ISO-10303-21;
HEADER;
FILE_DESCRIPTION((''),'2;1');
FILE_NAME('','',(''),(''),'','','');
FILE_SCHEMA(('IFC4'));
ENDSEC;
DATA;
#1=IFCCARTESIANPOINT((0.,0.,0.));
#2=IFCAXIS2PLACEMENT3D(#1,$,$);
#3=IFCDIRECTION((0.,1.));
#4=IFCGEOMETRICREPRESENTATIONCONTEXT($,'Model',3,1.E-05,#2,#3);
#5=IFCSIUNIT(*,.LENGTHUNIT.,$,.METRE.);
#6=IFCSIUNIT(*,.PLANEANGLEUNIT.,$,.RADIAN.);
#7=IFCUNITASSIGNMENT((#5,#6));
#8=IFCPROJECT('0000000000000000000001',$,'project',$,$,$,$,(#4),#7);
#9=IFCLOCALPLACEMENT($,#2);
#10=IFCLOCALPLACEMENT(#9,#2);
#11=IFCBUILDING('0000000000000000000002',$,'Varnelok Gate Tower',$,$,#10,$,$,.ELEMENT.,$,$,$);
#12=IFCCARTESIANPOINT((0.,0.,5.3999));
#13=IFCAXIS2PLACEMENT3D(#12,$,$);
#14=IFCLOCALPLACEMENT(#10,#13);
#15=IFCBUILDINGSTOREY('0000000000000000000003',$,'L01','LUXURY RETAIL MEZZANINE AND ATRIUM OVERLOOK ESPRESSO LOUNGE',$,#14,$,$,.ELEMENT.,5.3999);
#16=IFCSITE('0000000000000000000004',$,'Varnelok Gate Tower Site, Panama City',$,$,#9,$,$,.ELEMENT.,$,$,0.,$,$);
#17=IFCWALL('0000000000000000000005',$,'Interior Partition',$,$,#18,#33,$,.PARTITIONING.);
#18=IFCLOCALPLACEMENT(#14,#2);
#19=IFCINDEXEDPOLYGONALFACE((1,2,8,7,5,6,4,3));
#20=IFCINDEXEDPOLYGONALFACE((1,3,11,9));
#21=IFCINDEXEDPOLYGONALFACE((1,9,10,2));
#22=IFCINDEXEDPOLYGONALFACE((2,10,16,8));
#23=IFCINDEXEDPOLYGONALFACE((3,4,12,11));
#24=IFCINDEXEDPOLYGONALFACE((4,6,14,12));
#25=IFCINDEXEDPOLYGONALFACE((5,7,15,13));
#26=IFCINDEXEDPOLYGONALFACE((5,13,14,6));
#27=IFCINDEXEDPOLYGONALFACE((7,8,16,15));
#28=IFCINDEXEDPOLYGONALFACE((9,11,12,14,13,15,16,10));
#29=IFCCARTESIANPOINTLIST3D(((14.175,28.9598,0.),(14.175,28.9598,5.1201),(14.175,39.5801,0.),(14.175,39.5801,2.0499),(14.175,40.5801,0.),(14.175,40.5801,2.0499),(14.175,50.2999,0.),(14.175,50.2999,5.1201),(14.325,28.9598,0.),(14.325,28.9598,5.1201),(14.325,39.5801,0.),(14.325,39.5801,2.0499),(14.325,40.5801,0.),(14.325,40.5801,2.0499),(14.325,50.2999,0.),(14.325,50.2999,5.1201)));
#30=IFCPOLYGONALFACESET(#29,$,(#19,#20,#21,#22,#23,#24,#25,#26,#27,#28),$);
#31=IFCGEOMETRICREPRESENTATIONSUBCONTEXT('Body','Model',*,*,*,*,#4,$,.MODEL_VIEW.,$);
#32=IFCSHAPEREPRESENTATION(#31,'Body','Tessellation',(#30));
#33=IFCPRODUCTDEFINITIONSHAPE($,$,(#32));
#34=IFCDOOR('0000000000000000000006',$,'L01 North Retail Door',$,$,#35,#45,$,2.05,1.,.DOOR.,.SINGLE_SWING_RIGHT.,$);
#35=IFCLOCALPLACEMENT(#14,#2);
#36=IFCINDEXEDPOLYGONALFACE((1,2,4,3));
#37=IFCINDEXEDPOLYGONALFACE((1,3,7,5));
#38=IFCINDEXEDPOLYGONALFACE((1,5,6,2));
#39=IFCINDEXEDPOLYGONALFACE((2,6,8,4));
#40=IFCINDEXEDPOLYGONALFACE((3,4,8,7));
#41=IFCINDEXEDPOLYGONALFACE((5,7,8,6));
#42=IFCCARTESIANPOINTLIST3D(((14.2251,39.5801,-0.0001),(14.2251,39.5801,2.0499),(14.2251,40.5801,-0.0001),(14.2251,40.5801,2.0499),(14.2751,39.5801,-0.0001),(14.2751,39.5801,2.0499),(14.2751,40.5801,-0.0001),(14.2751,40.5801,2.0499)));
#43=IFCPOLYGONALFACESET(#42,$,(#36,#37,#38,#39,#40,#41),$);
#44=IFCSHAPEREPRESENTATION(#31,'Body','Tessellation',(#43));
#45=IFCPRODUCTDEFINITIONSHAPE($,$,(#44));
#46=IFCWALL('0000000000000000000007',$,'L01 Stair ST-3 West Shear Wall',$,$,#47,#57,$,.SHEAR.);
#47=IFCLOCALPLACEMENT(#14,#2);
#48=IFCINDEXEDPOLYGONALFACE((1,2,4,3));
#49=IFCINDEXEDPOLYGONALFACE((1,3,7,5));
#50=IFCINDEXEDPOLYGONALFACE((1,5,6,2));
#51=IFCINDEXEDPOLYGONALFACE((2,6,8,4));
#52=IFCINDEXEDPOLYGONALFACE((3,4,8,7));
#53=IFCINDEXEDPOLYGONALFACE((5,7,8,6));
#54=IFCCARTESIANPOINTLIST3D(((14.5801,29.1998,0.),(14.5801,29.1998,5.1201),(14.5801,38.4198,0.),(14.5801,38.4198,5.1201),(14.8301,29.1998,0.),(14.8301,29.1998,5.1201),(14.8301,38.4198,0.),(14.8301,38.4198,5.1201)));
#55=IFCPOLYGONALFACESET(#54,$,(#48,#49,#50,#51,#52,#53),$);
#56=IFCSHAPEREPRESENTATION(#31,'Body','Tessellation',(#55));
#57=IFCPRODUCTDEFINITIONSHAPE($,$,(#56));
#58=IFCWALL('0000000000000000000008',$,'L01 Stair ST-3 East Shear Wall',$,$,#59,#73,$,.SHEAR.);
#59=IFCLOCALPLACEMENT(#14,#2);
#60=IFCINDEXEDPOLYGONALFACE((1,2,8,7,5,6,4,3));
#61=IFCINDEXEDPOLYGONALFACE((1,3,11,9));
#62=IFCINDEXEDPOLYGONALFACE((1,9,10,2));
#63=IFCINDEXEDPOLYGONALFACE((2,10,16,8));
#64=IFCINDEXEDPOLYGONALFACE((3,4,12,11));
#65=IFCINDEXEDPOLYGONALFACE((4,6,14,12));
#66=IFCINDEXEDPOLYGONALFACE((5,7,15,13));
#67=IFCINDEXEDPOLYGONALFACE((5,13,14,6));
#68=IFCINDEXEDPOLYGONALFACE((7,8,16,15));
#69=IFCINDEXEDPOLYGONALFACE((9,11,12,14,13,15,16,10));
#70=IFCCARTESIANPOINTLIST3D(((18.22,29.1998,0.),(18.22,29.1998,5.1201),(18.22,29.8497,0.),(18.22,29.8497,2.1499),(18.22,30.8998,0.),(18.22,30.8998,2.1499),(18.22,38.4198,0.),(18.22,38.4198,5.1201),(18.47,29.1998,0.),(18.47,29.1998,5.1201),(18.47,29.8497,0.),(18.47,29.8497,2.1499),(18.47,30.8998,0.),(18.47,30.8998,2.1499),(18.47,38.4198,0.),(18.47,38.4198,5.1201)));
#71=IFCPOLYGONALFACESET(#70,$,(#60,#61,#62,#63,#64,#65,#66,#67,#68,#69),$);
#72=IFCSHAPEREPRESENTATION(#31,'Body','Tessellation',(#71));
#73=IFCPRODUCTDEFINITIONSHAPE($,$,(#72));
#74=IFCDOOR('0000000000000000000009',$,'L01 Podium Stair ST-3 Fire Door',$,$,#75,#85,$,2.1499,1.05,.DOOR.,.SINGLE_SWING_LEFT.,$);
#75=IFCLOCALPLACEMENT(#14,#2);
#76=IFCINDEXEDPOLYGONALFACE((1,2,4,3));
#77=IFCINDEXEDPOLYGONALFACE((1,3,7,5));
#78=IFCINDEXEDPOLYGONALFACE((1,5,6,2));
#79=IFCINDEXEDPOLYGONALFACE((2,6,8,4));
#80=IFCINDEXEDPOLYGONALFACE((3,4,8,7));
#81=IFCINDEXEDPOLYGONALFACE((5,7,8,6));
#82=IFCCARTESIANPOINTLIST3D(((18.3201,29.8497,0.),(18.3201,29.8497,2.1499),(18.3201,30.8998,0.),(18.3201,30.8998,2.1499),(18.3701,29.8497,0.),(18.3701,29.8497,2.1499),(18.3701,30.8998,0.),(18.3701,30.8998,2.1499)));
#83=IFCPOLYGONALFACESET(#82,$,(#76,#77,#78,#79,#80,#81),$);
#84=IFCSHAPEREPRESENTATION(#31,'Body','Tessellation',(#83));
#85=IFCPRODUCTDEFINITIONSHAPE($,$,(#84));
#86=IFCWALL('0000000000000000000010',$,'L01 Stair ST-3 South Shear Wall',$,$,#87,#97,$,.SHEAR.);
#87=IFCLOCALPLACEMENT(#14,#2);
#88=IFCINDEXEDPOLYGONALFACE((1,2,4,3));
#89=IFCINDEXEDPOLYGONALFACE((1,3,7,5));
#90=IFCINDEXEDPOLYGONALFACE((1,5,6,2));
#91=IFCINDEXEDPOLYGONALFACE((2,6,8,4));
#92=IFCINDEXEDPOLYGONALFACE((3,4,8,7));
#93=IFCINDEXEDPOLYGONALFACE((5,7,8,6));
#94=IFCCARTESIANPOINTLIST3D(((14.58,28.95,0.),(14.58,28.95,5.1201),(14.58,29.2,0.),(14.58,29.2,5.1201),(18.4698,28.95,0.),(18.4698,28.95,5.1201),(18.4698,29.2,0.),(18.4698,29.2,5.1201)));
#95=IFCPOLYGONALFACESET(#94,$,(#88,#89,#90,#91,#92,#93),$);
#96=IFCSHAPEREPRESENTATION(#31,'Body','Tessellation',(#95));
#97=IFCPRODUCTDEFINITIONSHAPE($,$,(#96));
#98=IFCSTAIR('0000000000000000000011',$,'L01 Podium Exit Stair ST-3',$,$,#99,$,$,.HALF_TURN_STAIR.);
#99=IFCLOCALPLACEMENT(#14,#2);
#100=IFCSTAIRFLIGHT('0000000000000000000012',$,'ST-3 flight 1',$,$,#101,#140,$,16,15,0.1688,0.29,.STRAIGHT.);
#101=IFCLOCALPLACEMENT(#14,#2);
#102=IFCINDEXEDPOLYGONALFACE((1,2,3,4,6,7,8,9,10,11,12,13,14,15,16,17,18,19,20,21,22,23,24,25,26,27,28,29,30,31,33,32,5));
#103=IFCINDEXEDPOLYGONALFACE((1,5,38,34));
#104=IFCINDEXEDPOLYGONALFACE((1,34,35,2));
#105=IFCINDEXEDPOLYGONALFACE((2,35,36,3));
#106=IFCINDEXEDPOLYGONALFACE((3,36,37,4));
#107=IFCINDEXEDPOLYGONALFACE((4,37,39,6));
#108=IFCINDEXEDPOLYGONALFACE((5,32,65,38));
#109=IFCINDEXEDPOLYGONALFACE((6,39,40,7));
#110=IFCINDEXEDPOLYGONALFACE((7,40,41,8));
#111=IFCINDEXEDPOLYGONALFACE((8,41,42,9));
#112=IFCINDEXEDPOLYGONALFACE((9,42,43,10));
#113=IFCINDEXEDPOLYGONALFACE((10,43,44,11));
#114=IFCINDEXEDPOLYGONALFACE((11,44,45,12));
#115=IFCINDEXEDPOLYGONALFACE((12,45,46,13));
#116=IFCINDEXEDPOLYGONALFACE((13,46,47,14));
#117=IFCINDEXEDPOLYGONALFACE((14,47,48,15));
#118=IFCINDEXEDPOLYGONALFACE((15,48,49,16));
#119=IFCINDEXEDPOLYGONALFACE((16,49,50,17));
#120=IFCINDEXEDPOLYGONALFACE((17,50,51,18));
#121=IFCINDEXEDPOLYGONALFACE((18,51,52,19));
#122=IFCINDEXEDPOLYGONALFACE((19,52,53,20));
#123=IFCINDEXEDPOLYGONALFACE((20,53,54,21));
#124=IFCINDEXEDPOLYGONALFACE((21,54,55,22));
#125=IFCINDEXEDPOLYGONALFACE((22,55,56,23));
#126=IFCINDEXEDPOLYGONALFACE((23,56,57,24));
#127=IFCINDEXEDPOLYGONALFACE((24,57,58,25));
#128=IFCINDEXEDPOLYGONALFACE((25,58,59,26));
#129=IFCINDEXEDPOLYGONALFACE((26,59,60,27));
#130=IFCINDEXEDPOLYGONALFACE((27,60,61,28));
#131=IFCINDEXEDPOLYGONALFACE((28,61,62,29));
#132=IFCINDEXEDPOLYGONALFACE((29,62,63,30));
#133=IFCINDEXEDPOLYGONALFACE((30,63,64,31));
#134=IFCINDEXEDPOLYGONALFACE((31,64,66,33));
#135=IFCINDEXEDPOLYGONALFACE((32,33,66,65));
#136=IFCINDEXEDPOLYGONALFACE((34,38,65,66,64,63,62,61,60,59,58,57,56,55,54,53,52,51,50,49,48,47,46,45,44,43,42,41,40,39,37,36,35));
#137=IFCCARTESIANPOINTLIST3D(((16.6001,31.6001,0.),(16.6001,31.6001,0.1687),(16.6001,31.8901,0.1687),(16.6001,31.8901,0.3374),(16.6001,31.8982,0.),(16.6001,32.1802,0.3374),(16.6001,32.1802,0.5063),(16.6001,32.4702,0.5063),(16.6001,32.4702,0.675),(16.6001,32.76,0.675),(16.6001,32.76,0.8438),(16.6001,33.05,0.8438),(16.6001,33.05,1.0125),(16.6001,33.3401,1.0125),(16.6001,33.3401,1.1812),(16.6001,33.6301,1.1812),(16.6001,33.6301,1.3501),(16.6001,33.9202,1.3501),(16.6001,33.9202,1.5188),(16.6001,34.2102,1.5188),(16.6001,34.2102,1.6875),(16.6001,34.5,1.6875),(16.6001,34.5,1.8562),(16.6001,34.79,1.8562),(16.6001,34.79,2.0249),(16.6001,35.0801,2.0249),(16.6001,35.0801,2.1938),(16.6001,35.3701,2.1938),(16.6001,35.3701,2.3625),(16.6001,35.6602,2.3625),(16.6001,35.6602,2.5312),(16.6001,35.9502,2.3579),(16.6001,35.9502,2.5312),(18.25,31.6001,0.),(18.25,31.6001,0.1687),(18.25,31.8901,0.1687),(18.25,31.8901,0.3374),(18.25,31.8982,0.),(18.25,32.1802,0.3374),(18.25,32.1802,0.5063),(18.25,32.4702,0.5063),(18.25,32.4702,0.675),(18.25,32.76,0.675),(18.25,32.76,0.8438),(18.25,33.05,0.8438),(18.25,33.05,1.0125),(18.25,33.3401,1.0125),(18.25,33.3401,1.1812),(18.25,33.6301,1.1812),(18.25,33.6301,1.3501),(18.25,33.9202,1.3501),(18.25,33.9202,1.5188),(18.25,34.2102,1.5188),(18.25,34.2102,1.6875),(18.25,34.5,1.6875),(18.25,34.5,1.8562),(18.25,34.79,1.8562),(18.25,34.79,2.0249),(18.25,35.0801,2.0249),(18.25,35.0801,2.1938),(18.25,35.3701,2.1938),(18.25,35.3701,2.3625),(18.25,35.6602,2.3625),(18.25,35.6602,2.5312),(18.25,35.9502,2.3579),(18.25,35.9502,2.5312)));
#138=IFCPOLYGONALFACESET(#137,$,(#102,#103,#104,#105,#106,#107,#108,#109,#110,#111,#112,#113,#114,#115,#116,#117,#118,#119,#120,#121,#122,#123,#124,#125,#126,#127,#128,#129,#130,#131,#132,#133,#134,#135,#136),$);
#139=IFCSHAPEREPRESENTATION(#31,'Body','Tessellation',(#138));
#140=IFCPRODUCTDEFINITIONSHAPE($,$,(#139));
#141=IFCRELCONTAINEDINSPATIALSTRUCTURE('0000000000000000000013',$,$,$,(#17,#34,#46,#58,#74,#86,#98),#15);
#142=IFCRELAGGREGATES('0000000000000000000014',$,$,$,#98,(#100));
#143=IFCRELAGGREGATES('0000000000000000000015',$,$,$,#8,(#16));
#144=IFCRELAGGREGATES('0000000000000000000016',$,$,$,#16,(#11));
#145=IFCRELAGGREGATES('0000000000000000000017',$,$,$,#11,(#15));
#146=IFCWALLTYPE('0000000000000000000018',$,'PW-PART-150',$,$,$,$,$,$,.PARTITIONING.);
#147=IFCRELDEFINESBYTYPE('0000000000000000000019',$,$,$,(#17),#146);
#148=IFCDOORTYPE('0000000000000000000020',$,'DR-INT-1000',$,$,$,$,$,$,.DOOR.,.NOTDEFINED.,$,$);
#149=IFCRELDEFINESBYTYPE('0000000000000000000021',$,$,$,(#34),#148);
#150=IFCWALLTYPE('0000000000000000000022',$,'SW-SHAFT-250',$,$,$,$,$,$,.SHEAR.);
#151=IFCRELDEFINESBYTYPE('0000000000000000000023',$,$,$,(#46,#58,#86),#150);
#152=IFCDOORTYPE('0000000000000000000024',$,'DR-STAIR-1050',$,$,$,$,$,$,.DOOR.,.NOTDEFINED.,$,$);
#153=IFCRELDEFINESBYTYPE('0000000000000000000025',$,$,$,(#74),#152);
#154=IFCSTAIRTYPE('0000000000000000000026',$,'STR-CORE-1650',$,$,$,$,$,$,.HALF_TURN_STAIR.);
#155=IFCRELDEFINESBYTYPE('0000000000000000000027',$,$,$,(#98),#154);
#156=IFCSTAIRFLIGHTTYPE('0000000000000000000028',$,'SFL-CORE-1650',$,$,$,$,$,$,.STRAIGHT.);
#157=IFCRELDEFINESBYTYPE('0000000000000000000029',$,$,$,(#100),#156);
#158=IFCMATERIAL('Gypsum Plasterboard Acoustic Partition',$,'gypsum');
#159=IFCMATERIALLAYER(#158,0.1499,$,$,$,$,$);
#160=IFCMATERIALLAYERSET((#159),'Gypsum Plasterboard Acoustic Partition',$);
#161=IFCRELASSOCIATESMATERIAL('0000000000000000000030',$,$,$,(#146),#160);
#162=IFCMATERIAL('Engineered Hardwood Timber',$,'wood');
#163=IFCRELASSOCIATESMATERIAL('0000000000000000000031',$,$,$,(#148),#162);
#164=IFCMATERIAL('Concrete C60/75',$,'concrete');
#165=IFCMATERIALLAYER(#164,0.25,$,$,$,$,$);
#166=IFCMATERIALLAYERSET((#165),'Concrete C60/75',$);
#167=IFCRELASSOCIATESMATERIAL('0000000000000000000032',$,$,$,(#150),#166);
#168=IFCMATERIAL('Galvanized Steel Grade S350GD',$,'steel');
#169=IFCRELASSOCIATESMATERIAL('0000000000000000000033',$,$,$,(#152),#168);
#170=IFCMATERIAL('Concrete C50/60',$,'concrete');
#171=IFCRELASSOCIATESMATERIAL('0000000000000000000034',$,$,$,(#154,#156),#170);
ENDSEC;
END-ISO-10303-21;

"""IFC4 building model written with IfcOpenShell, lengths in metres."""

from ifc_helpers import new_model, si_unit, direction, frame, frame_2d, origin, place, context, subcontext, project, spatial, polyline, rectangle, outline, extrude, material, layer, layer_set, type_object, element, fill, aggregate, save


model = new_model("IFC4")

# Units and contexts
model_context = context("Model", 3, precision=1e-05, world=origin(), true_north=direction((0.0, 1.0)))
body_context = subcontext(model_context, "Body", "Model", "MODEL_VIEW")
ifc_project = project(units=[si_unit("LENGTHUNIT", "METRE"), si_unit("PLANEANGLEUNIT", "RADIAN")], contexts=[model_context])

# Site, building, storey
site_placement = place(None, origin())
site = spatial("IfcSite", under=ifc_project, at=site_placement, Name="Varnelok Gate Tower Site, Panama City", CompositionType="ELEMENT", RefElevation=0.0)
building_placement = place(site_placement, origin())
building = spatial("IfcBuilding", under=site, at=building_placement, Name="Varnelok Gate Tower", CompositionType="ELEMENT")
storey_placement = place(building_placement, frame((0.0, 0.0, 5.3999)))
storey = spatial("IfcBuildingStorey", under=building, at=storey_placement, Name="L01", Description="LUXURY RETAIL MEZZANINE AND ATRIUM OVERLOOK ESPRESSO LOUNGE", CompositionType="ELEMENT", Elevation=5.3999)

# Shared definitions
ifc_material_1 = material(Name="Gypsum Plasterboard Acoustic Partition", Category="gypsum")
ifc_layer_1 = layer(ifc_material_1, 0.1499)
ifc_layer_set_1 = layer_set([ifc_layer_1], Name="Gypsum Plasterboard Acoustic Partition")
wall_type_1 = type_object("IfcWallType", Name="PW-PART-150", PredefinedType="PARTITIONING", material=ifc_layer_set_1)

# Wall, opening, door
wall_1_placement = place(storey_placement, frame((14.25, 28.96, 0.0), z_axis=(0.0, 0.0, 1.0), x_axis=(0.0, 1.0, 0.0)))
wall_1 = element("IfcWall", 1, at=wall_1_placement, inside=storey, type_object=wall_type_1, Name="Interior Partition", PredefinedType="PARTITIONING", context=body_context, shape_type="SweptSolid", body=[
    extrude(rectangle(XDim=21.3401, YDim=0.1499, at=frame_2d((10.6699, 0.0))), origin(), (0.0, 0.0, 1.0), 5.1201),
])
opening_1_placement = place(wall_1_placement, frame((10.6201, 0.0, 0.0)))
opening_1 = element("IfcOpeningElement", 2, at=opening_1_placement, cuts=wall_1, PredefinedType="OPENING", context=body_context, shape_type="SweptSolid", body=[
    extrude(rectangle(XDim=1.0, YDim=2.05, at=frame_2d((0.5, 1.0249))), frame((0.0, 0.085, 0.0), z_axis=(0.0, -1.0, 0.0), x_axis=(1.0, 0.0, 0.0)), (0.0, 0.0, 1.0), 0.1699),
])
ifc_material_2 = material(Name="Engineered Hardwood Timber", Category="wood")
door_type_1 = type_object("IfcDoorType", Name="DR-INT-1000", OperationType="NOTDEFINED", PredefinedType="DOOR", material=ifc_material_2)
door_1_placement = place(opening_1_placement, origin())
door_1 = element("IfcDoor", 3, at=door_1_placement, inside=storey, type_object=door_type_1, Name="L01 North Retail Door", OperationType="SINGLE_SWING_RIGHT", OverallHeight=2.05, OverallWidth=1.0, PredefinedType="DOOR", context=body_context, shape_type="SweptSolid", body=[
    extrude(rectangle(XDim=1.0, YDim=2.05, at=frame_2d((0.5, 1.0249))), frame((0.0, 0.0249, 0.0), z_axis=(0.0, -1.0, 0.0), x_axis=(1.0, 0.0, 0.0)), (0.0, 0.0, 1.0), 0.05),
])
fill(opening_1, door_1)

# Wall
ifc_material_3 = material(Name="Concrete C60/75", Category="concrete")
ifc_layer_2 = layer(ifc_material_3, 0.25)
ifc_layer_set_2 = layer_set([ifc_layer_2], Name="Concrete C60/75")
wall_type_2 = type_object("IfcWallType", Name="SW-SHAFT-250", PredefinedType="SHEAR", material=ifc_layer_set_2)
wall_2_placement = place(storey_placement, frame((14.7051, 29.2, 0.0), z_axis=(0.0, 0.0, 1.0), x_axis=(0.0, 1.0, 0.0)))
element("IfcWall", 4, at=wall_2_placement, inside=storey, type_object=wall_type_2, Name="L01 Stair ST-3 West Shear Wall", PredefinedType="SHEAR", context=body_context, shape_type="SweptSolid", body=[
    extrude(rectangle(XDim=9.22, YDim=0.25, at=frame_2d((4.6099, 0.0))), origin(), (0.0, 0.0, 1.0), 5.1201),
])

# Wall, opening, door
wall_3_placement = place(storey_placement, frame((18.345, 29.2, 0.0), z_axis=(0.0, 0.0, 1.0), x_axis=(0.0, 1.0, 0.0)))
wall_3 = element("IfcWall", 5, at=wall_3_placement, inside=storey, type_object=wall_type_2, Name="L01 Stair ST-3 East Shear Wall", PredefinedType="SHEAR", context=body_context, shape_type="SweptSolid", body=[
    extrude(rectangle(XDim=9.22, YDim=0.25, at=frame_2d((4.6099, 0.0))), origin(), (0.0, 0.0, 1.0), 5.1201),
])
opening_2_placement = place(wall_3_placement, frame((0.6499, 0.0, 0.0)))
opening_2 = element("IfcOpeningElement", 6, at=opening_2_placement, cuts=wall_3, PredefinedType="OPENING", context=body_context, shape_type="SweptSolid", body=[
    extrude(rectangle(XDim=1.05, YDim=2.1499, at=frame_2d((0.5249, 1.075))), frame((0.0, 0.135, 0.0), z_axis=(0.0, -1.0, 0.0), x_axis=(1.0, 0.0, 0.0)), (0.0, 0.0, 1.0), 0.27),
])
ifc_material_4 = material(Name="Galvanized Steel Grade S350GD", Category="steel")
door_type_2 = type_object("IfcDoorType", Name="DR-STAIR-1050", OperationType="NOTDEFINED", PredefinedType="DOOR", material=ifc_material_4)
door_2_placement = place(opening_2_placement, origin())
door_2 = element("IfcDoor", 7, at=door_2_placement, inside=storey, type_object=door_type_2, Name="L01 Podium Stair ST-3 Fire Door", OperationType="SINGLE_SWING_LEFT", OverallHeight=2.1499, OverallWidth=1.05, PredefinedType="DOOR", context=body_context, shape_type="SweptSolid", body=[
    extrude(rectangle(XDim=1.05, YDim=2.1499, at=frame_2d((0.5249, 1.075))), frame((0.0, 0.0249, 0.0), z_axis=(0.0, -1.0, 0.0), x_axis=(1.0, 0.0, 0.0)), (0.0, 0.0, 1.0), 0.05),
])
fill(opening_2, door_2)

# Wall
wall_4_placement = place(storey_placement, frame((14.5801, 29.075, 0.0), z_axis=(0.0, 0.0, 1.0), x_axis=(1.0, 0.0, 0.0)))
element("IfcWall", 8, at=wall_4_placement, inside=storey, type_object=wall_type_2, Name="L01 Stair ST-3 South Shear Wall", PredefinedType="SHEAR", context=body_context, shape_type="SweptSolid", body=[
    extrude(rectangle(XDim=3.8899, YDim=0.25, at=frame_2d((1.9448, 0.0))), origin(), (0.0, 0.0, 1.0), 5.1201),
])

# Stair, stair flight
ifc_material_5 = material(Name="Concrete C50/60", Category="concrete")
stair_type = type_object("IfcStairType", Name="STR-CORE-1650", PredefinedType="HALF_TURN_STAIR", material=ifc_material_5)
stair_placement = place(storey_placement, origin())
stair = element("IfcStair", 9, at=stair_placement, inside=storey, type_object=stair_type, Name="L01 Podium Exit Stair ST-3", PredefinedType="HALF_TURN_STAIR")
stair_flight_type = type_object("IfcStairFlightType", Name="SFL-CORE-1650", PredefinedType="STRAIGHT", material=ifc_material_5)
stair_flight_1_placement = place(storey_placement, frame((17.425, 31.6001, 0.0), z_axis=(0.0, 0.0, 1.0), x_axis=(0.0, 1.0, 0.0)))
stair_flight_1 = element("IfcStairFlight", 10, at=stair_flight_1_placement, type_object=stair_flight_type, Name="ST-3 flight 1", NumberOfRisers=16, NumberOfTreads=15, PredefinedType="STRAIGHT", RiserHeight=0.1688, TreadLength=0.29, context=body_context, shape_type="SweptSolid", body=[
    extrude(outline(polyline([(0.0, 0.0), (0.0, 0.1687), (0.29, 0.1687), (0.29, 0.3374), (0.5801, 0.3374), (0.5801, 0.5063), (0.8701, 0.5063), (0.8701, 0.675), (1.1599, 0.675), (1.1599, 0.8438), (1.45, 0.8438), (1.45, 1.0125), (1.74, 1.0125), (1.74, 1.1812), (2.03, 1.1812), (2.03, 1.3501), (2.3201, 1.3501), (2.3201, 1.5188), (2.6101, 1.5188), (2.6101, 1.6875), (2.8999, 1.6875), (2.8999, 1.8562), (3.1899, 1.8562), (3.1899, 2.0249), (3.48, 2.0249), (3.48, 2.1938), (3.77, 2.1938), (3.77, 2.3625), (4.0601, 2.3625), (4.0601, 2.5312), (4.3501, 2.5312), (4.3501, 2.7), (4.3501, 2.3579), (0.2981, 0.0), (0.0, 0.0)])), frame((0.0, 0.825, 0.0), z_axis=(0.0, -1.0, 0.0), x_axis=(1.0, 0.0, 0.0)), (0.0, 0.0, 1.0), 1.6499),
])
aggregate(stair, [stair_flight_1])

save(model, "model.ifc")
